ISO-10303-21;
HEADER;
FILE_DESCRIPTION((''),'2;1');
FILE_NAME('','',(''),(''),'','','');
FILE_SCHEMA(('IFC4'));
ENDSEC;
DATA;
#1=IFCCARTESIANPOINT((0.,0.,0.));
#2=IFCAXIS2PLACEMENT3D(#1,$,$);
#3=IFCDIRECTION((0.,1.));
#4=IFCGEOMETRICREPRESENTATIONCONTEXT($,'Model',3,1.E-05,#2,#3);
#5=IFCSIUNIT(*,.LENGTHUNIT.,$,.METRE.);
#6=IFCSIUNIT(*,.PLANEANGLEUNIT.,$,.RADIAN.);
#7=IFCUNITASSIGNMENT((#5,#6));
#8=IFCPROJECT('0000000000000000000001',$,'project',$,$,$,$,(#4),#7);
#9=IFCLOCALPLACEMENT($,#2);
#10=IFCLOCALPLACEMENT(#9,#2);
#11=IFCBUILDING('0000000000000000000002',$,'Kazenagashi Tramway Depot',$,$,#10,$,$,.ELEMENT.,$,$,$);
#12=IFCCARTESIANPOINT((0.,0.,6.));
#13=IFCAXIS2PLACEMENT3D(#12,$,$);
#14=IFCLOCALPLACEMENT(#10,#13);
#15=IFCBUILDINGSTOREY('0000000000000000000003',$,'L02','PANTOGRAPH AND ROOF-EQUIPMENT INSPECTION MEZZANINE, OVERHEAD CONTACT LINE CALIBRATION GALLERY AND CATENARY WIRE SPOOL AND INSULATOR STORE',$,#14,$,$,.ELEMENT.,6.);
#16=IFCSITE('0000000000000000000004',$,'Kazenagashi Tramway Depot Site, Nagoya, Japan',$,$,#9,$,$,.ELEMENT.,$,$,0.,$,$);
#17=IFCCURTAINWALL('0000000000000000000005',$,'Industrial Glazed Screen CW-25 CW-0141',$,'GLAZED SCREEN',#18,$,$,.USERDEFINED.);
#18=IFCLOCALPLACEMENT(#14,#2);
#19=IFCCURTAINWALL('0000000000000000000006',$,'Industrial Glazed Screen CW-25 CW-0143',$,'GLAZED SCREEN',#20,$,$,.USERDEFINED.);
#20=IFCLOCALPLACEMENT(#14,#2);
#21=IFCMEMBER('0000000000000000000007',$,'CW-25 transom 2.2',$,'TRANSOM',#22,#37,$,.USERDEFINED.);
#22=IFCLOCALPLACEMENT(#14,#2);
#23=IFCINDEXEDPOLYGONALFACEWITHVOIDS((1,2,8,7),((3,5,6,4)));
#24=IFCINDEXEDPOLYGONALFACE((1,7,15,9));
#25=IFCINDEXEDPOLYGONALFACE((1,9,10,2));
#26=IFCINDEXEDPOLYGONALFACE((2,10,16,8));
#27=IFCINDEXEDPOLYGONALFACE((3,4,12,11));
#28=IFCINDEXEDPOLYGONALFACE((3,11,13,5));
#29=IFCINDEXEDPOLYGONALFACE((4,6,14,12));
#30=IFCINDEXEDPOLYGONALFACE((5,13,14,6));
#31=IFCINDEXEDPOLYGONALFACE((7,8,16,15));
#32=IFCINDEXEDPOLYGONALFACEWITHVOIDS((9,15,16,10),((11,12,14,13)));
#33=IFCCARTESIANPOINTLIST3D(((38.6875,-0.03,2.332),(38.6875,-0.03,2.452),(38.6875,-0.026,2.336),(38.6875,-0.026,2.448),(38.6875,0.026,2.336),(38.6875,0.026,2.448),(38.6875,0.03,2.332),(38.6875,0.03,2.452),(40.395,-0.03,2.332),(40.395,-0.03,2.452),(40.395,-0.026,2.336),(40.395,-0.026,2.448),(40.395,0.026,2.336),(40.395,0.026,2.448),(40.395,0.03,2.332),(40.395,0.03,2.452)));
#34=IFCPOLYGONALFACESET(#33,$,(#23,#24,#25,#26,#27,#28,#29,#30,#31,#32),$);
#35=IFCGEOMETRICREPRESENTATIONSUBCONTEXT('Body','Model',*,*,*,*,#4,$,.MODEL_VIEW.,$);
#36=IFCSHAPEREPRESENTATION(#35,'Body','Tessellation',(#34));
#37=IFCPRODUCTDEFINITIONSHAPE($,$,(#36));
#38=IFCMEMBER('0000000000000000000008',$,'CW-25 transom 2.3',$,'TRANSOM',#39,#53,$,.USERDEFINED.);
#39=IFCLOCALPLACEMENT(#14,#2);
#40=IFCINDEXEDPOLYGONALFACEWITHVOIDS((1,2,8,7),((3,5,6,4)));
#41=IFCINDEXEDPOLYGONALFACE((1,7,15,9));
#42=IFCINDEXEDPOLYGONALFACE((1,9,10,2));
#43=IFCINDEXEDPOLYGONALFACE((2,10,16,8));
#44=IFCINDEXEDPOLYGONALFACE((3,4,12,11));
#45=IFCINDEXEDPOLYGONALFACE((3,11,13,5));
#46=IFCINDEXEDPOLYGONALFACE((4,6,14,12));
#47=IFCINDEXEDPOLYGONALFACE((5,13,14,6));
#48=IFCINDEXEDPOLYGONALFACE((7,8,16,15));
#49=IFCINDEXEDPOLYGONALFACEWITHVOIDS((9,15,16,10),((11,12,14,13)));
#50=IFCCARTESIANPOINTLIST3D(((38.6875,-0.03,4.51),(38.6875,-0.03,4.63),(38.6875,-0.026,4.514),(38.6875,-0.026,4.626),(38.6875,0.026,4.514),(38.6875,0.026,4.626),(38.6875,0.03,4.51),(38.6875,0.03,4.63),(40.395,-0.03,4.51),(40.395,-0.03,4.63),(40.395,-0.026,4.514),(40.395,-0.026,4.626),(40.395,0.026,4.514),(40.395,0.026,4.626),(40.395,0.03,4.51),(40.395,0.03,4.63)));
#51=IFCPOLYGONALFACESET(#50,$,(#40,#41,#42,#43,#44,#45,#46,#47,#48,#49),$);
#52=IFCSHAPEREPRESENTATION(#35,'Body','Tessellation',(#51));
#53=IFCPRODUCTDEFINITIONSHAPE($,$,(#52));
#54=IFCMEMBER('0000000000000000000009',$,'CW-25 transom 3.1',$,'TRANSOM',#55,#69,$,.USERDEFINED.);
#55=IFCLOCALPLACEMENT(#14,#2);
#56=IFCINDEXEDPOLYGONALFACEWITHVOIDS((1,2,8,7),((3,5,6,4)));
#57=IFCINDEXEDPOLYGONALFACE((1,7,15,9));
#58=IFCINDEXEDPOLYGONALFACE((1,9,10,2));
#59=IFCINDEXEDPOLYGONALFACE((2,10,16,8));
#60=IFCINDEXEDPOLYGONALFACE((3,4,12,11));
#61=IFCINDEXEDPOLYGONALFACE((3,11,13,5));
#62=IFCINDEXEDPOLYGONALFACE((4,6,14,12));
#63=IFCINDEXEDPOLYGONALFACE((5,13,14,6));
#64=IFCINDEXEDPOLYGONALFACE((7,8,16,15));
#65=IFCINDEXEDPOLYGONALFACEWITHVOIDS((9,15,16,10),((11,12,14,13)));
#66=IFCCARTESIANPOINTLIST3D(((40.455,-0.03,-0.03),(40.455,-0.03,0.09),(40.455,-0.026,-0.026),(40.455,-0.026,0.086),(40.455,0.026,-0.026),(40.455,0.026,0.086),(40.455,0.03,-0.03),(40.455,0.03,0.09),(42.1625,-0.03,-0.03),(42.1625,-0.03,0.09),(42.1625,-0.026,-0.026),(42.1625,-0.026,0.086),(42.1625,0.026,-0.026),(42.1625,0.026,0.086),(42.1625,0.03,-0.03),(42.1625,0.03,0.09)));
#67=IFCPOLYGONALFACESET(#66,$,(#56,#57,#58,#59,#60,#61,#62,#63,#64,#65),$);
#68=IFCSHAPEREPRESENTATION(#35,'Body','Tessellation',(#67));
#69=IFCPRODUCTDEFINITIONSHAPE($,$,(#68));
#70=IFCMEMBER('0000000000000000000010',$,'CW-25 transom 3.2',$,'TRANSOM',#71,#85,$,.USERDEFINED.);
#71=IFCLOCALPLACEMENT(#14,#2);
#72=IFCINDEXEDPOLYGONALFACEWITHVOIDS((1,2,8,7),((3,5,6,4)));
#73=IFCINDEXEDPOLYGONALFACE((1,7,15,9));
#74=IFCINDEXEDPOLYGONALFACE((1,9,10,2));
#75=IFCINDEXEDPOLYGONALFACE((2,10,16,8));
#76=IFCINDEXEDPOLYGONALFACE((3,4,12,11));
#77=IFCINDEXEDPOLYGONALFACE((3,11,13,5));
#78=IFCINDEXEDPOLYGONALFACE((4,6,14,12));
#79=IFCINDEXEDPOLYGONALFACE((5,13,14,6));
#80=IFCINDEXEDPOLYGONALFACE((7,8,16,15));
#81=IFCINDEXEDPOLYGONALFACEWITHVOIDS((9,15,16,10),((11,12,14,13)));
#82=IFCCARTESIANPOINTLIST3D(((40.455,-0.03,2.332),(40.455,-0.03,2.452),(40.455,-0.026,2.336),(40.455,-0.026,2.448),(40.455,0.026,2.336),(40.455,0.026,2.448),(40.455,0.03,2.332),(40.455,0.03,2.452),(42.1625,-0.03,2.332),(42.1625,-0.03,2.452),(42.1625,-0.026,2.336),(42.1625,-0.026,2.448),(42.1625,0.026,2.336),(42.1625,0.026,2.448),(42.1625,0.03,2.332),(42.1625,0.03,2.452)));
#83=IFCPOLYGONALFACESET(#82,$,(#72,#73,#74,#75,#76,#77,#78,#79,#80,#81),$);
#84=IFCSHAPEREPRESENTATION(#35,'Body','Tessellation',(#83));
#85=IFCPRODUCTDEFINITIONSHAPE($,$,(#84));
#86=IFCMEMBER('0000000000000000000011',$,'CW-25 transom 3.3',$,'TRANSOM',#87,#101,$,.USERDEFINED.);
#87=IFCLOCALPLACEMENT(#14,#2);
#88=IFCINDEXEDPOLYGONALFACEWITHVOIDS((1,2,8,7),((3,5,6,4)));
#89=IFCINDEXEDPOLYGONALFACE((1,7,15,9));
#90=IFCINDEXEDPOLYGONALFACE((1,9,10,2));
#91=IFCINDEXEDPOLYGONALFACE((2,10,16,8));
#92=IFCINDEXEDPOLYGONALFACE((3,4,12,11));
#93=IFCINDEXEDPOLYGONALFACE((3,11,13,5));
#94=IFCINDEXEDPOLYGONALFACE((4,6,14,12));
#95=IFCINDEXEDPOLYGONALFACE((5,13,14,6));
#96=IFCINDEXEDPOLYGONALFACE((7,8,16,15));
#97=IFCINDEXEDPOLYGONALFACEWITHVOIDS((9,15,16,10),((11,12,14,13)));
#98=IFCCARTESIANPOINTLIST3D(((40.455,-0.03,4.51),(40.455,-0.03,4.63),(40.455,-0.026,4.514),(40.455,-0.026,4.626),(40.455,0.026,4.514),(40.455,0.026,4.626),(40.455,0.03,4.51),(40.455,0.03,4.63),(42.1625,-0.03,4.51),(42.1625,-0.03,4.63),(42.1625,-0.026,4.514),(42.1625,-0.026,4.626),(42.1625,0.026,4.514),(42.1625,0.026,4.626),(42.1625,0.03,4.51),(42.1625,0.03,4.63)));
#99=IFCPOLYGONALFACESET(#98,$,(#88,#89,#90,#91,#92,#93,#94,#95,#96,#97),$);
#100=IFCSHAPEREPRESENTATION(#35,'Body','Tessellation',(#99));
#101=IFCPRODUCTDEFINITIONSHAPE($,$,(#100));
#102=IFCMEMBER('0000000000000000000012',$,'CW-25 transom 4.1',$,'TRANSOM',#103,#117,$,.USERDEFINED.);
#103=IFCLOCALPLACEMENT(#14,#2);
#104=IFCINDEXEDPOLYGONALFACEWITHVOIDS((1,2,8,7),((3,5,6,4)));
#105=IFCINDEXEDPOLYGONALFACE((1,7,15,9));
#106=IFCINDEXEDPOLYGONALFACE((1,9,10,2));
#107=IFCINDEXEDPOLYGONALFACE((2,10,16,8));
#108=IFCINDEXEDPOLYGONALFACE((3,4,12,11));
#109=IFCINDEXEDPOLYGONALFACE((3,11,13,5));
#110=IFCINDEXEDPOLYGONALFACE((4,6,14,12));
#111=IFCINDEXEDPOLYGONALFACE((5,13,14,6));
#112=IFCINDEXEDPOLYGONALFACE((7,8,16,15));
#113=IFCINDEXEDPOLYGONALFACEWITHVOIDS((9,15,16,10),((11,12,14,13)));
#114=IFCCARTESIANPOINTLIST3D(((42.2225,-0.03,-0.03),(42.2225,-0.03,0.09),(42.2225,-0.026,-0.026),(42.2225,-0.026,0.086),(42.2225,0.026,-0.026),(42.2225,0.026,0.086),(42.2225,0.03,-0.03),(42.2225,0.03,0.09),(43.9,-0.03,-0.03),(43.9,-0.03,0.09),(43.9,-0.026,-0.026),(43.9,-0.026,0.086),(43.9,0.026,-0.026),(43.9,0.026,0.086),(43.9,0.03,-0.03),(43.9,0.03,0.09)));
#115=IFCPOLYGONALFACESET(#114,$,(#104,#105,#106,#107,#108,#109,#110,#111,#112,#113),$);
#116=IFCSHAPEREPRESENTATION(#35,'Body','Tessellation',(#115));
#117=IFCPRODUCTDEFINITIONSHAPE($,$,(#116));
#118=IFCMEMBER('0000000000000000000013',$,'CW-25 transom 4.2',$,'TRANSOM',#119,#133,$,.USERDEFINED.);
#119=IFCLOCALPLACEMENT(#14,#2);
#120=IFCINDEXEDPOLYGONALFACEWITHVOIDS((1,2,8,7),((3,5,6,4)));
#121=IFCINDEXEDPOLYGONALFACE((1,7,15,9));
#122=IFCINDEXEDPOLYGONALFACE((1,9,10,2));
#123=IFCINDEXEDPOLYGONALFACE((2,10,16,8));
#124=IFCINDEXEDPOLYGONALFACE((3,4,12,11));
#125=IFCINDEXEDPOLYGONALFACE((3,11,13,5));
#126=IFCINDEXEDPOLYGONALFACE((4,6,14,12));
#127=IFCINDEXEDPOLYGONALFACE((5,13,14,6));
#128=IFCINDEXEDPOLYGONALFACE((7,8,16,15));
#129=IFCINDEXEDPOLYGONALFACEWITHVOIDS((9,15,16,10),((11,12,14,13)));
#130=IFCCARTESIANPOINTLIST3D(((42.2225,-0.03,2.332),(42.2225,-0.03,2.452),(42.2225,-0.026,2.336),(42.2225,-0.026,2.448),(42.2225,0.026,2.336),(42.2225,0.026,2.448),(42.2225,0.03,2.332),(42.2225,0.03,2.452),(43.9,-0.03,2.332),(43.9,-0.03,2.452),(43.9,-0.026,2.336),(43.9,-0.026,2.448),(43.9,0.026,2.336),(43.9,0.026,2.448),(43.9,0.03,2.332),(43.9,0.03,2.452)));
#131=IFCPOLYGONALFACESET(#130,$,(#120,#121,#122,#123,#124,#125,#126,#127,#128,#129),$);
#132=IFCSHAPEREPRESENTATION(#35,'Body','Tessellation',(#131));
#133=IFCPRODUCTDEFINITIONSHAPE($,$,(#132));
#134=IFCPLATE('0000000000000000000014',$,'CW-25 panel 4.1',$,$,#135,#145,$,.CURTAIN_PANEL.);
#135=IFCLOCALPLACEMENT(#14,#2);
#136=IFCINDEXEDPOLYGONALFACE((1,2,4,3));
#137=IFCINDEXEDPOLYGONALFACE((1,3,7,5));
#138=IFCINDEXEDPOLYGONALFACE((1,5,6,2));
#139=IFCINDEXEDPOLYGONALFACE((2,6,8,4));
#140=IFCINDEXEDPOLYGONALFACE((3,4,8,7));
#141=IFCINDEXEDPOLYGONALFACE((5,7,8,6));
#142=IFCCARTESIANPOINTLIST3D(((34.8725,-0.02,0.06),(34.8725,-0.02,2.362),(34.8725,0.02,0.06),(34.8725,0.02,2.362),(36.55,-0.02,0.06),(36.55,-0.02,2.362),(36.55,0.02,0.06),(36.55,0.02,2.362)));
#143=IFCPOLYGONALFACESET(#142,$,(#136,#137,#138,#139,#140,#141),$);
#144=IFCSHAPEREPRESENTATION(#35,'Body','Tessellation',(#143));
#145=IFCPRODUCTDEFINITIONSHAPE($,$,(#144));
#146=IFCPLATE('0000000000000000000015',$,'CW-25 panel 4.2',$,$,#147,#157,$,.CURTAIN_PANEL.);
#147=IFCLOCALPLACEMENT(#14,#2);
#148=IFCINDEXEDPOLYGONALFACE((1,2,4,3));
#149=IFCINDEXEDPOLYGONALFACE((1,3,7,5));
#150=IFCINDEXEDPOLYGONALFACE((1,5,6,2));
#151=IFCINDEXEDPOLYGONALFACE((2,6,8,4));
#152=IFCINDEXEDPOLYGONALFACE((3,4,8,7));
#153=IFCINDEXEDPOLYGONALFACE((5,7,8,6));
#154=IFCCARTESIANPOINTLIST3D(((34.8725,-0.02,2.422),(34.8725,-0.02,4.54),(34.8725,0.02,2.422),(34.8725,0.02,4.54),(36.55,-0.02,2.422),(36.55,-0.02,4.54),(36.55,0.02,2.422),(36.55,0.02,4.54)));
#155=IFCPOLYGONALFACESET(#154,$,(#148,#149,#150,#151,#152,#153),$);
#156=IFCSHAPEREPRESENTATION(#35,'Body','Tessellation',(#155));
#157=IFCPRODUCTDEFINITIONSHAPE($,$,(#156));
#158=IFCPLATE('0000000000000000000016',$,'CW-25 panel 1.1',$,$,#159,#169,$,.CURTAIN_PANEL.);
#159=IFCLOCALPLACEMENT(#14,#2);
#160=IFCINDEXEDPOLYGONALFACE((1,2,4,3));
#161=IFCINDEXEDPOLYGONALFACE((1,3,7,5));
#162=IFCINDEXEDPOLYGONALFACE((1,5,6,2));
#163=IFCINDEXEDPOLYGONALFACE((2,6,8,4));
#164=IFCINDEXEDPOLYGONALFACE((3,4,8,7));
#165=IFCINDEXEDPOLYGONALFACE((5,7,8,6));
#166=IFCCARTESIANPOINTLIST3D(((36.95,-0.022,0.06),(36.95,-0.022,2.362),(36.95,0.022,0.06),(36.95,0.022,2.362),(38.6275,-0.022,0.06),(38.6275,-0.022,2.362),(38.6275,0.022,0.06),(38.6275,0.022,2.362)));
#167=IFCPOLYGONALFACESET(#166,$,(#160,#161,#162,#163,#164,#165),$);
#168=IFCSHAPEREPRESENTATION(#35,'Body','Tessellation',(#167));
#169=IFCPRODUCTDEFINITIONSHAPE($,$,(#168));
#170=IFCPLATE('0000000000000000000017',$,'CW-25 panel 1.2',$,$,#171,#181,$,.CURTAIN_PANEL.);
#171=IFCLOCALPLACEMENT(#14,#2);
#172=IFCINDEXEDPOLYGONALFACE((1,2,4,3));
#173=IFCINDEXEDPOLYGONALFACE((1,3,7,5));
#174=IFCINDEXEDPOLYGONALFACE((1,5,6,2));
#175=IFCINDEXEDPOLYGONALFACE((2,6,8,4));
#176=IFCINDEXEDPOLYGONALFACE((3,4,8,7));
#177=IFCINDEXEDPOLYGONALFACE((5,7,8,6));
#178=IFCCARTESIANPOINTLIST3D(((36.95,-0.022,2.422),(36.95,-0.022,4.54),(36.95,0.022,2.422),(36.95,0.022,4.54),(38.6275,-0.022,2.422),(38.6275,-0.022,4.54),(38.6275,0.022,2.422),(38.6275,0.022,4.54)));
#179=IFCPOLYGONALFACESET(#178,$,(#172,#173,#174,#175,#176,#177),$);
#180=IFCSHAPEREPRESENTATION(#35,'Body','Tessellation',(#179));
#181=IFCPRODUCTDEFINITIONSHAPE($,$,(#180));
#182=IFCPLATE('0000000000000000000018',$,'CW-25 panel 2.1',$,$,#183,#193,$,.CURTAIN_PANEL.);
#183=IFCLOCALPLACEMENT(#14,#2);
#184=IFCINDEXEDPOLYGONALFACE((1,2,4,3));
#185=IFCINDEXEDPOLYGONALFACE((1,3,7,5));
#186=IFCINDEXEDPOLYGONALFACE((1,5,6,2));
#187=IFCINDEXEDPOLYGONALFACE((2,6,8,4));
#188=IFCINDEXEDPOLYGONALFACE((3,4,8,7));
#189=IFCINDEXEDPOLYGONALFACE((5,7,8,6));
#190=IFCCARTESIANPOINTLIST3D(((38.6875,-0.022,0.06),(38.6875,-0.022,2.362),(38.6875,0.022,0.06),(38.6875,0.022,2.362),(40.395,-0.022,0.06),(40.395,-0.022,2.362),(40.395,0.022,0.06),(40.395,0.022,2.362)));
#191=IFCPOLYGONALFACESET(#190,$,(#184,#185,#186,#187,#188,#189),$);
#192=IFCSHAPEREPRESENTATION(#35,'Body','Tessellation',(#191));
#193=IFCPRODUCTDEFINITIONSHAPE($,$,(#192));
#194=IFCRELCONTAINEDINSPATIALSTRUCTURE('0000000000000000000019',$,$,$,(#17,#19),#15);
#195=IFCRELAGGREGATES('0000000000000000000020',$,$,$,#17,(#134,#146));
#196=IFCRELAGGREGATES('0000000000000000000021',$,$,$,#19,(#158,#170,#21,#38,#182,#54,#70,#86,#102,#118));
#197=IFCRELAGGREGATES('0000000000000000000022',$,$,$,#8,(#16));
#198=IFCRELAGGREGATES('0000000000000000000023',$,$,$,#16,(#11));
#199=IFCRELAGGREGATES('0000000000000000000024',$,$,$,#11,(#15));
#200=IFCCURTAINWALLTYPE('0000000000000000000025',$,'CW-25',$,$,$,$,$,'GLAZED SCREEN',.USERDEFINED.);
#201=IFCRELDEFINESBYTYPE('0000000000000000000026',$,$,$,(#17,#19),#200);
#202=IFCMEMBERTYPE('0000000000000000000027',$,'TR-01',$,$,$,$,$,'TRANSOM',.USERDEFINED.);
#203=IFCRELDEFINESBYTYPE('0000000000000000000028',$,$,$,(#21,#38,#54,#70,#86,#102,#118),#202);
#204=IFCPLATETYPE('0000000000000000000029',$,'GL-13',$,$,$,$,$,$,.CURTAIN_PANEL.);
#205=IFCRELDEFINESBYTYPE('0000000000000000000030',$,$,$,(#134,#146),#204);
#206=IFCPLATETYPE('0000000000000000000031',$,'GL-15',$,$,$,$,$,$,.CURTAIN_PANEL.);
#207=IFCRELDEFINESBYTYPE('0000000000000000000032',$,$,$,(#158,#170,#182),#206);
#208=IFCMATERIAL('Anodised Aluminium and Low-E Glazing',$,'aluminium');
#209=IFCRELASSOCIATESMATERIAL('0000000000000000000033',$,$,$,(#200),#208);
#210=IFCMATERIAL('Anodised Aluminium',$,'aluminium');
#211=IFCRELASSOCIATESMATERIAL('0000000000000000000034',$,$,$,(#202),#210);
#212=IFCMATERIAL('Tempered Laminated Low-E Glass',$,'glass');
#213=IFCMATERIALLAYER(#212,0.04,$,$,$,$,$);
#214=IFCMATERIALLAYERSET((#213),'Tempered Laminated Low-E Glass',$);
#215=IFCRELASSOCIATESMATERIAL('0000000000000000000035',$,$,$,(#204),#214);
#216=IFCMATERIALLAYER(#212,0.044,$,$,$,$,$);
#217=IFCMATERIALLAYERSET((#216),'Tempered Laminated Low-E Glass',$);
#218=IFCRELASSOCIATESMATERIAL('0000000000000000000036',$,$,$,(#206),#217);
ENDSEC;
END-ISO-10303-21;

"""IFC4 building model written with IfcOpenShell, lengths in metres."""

from ifc_helpers import new_model, si_unit, direction, frame, origin, origin_2d, place, context, subcontext, project, spatial, rectangle, hollow_rectangle, extrude, material, layer, layer_set, material_profile, profile_set, type_object, element, aggregate, save


model = new_model("IFC4")

# Units and contexts
model_context = context("Model", 3, precision=1e-05, world=origin(), true_north=direction((0.0, 1.0)))
body_context = subcontext(model_context, "Body", "Model", "MODEL_VIEW")
ifc_project = project(units=[si_unit("LENGTHUNIT", "METRE"), si_unit("PLANEANGLEUNIT", "RADIAN")], contexts=[model_context])

# Site, building, storey
site_placement = place(None, origin())
site = spatial("IfcSite", under=ifc_project, at=site_placement, Name="Kazenagashi Tramway Depot Site, Nagoya, Japan", CompositionType="ELEMENT", RefElevation=0.0)
building_placement = place(site_placement, origin())
building = spatial("IfcBuilding", under=site, at=building_placement, Name="Kazenagashi Tramway Depot", CompositionType="ELEMENT")
storey_placement = place(building_placement, frame((0.0, 0.0, 6.0)))
storey = spatial("IfcBuildingStorey", under=building, at=storey_placement, Name="L02", Description="PANTOGRAPH AND ROOF-EQUIPMENT INSPECTION MEZZANINE, OVERHEAD CONTACT LINE CALIBRATION GALLERY AND CATENARY WIRE SPOOL AND INSULATOR STORE", CompositionType="ELEMENT", Elevation=6.0)

# Curtain wall
ifc_material_1 = material(Name="Anodised Aluminium and Low-E Glazing", Category="aluminium")
curtain_wall_type = type_object("IfcCurtainWallType", Name="CW-25", ElementType="GLAZED SCREEN", PredefinedType="USERDEFINED", material=ifc_material_1)
curtain_wall_1_placement = place(storey_placement, origin())
curtain_wall_1 = element("IfcCurtainWall", 1, at=curtain_wall_1_placement, inside=storey, type_object=curtain_wall_type, Name="Industrial Glazed Screen CW-25 CW-0141", ObjectType="GLAZED SCREEN", PredefinedType="USERDEFINED")
ifc_material_2 = material(Name="Anodised Aluminium", Category="aluminium")

# Curtain wall
curtain_wall_2_placement = place(storey_placement, origin())
curtain_wall_2 = element("IfcCurtainWall", 2, at=curtain_wall_2_placement, inside=storey, type_object=curtain_wall_type, Name="Industrial Glazed Screen CW-25 CW-0143", ObjectType="GLAZED SCREEN", PredefinedType="USERDEFINED")

# Members
ifc_material_profile_1 = material_profile(ifc_material_2, hollow_rectangle(XDim=0.06, YDim=0.12, WallThickness=0.004, at=origin_2d()), Name="RHS-120x60x4")
ifc_profile_set_1 = profile_set([ifc_material_profile_1], Name="Anodised Aluminium")
member_type_1 = type_object("IfcMemberType", Name="TR-01", ElementType="TRANSOM", PredefinedType="USERDEFINED", material=ifc_profile_set_1)
member_1_placement = place(storey_placement, frame((38.6875, 0.0, 2.392), z_axis=(1.0, 0.0, 0.0), x_axis=(0.0, 1.0, 0.0)))
member_1 = element("IfcMember", 3, at=member_1_placement, type_object=member_type_1, Name="CW-25 transom 2.2", ObjectType="TRANSOM", PredefinedType="USERDEFINED", context=body_context, shape_type="SweptSolid", body=[
    extrude(hollow_rectangle(XDim=0.06, YDim=0.12, WallThickness=0.004, at=origin_2d()), origin(), (0.0, 0.0, 1.0), 1.7075),
])
member_2_placement = place(storey_placement, frame((38.6875, 0.0, 4.57), z_axis=(1.0, 0.0, 0.0), x_axis=(0.0, 1.0, 0.0)))
member_2 = element("IfcMember", 4, at=member_2_placement, type_object=member_type_1, Name="CW-25 transom 2.3", ObjectType="TRANSOM", PredefinedType="USERDEFINED", context=body_context, shape_type="SweptSolid", body=[
    extrude(hollow_rectangle(XDim=0.06, YDim=0.12, WallThickness=0.004, at=origin_2d()), origin(), (0.0, 0.0, 1.0), 1.7075),
])
member_3_placement = place(storey_placement, frame((40.455, 0.0, 0.03), z_axis=(1.0, 0.0, 0.0), x_axis=(0.0, 1.0, 0.0)))
member_3 = element("IfcMember", 5, at=member_3_placement, type_object=member_type_1, Name="CW-25 transom 3.1", ObjectType="TRANSOM", PredefinedType="USERDEFINED", context=body_context, shape_type="SweptSolid", body=[
    extrude(hollow_rectangle(XDim=0.06, YDim=0.12, WallThickness=0.004, at=origin_2d()), origin(), (0.0, 0.0, 1.0), 1.7075),
])
member_4_placement = place(storey_placement, frame((40.455, 0.0, 2.392), z_axis=(1.0, 0.0, 0.0), x_axis=(0.0, 1.0, 0.0)))
member_4 = element("IfcMember", 6, at=member_4_placement, type_object=member_type_1, Name="CW-25 transom 3.2", ObjectType="TRANSOM", PredefinedType="USERDEFINED", context=body_context, shape_type="SweptSolid", body=[
    extrude(hollow_rectangle(XDim=0.06, YDim=0.12, WallThickness=0.004, at=origin_2d()), origin(), (0.0, 0.0, 1.0), 1.7075),
])
member_5_placement = place(storey_placement, frame((40.455, 0.0, 4.57), z_axis=(1.0, 0.0, 0.0), x_axis=(0.0, 1.0, 0.0)))
member_5 = element("IfcMember", 7, at=member_5_placement, type_object=member_type_1, Name="CW-25 transom 3.3", ObjectType="TRANSOM", PredefinedType="USERDEFINED", context=body_context, shape_type="SweptSolid", body=[
    extrude(hollow_rectangle(XDim=0.06, YDim=0.12, WallThickness=0.004, at=origin_2d()), origin(), (0.0, 0.0, 1.0), 1.7075),
])
member_6_placement = place(storey_placement, frame((42.2225, 0.0, 0.03), z_axis=(1.0, 0.0, 0.0), x_axis=(0.0, 1.0, 0.0)))
member_6 = element("IfcMember", 8, at=member_6_placement, type_object=member_type_1, Name="CW-25 transom 4.1", ObjectType="TRANSOM", PredefinedType="USERDEFINED", context=body_context, shape_type="SweptSolid", body=[
    extrude(hollow_rectangle(XDim=0.06, YDim=0.12, WallThickness=0.004, at=origin_2d()), origin(), (0.0, 0.0, 1.0), 1.6775),
])
member_7_placement = place(storey_placement, frame((42.2225, 0.0, 2.392), z_axis=(1.0, 0.0, 0.0), x_axis=(0.0, 1.0, 0.0)))
member_7 = element("IfcMember", 9, at=member_7_placement, type_object=member_type_1, Name="CW-25 transom 4.2", ObjectType="TRANSOM", PredefinedType="USERDEFINED", context=body_context, shape_type="SweptSolid", body=[
    extrude(hollow_rectangle(XDim=0.06, YDim=0.12, WallThickness=0.004, at=origin_2d()), origin(), (0.0, 0.0, 1.0), 1.6775),
])

# Plates
ifc_material_3 = material(Name="Tempered Laminated Low-E Glass", Category="glass")
ifc_layer_1 = layer(ifc_material_3, 0.04)
ifc_layer_set_1 = layer_set([ifc_layer_1], Name="Tempered Laminated Low-E Glass")
plate_type_1 = type_object("IfcPlateType", Name="GL-13", PredefinedType="CURTAIN_PANEL", material=ifc_layer_set_1)
plate_1_placement = place(storey_placement, frame((35.7112, 0.0, 0.06), z_axis=(0.0, 0.0, 1.0), x_axis=(1.0, 0.0, 0.0)))
plate_1 = element("IfcPlate", 10, at=plate_1_placement, type_object=plate_type_1, Name="CW-25 panel 4.1", PredefinedType="CURTAIN_PANEL", context=body_context, shape_type="SweptSolid", body=[
    extrude(rectangle(XDim=1.6775, YDim=0.04, at=origin_2d()), origin(), (0.0, 0.0, 1.0), 2.302),
])
plate_2_placement = place(storey_placement, frame((35.7112, 0.0, 2.422), z_axis=(0.0, 0.0, 1.0), x_axis=(1.0, 0.0, 0.0)))
plate_2 = element("IfcPlate", 11, at=plate_2_placement, type_object=plate_type_1, Name="CW-25 panel 4.2", PredefinedType="CURTAIN_PANEL", context=body_context, shape_type="SweptSolid", body=[
    extrude(rectangle(XDim=1.6775, YDim=0.04, at=origin_2d()), origin(), (0.0, 0.0, 1.0), 2.118),
])
aggregate(curtain_wall_1, [plate_1, plate_2])
ifc_layer_2 = layer(ifc_material_3, 0.044)
ifc_layer_set_2 = layer_set([ifc_layer_2], Name="Tempered Laminated Low-E Glass")
plate_type_2 = type_object("IfcPlateType", Name="GL-15", PredefinedType="CURTAIN_PANEL", material=ifc_layer_set_2)
plate_3_placement = place(storey_placement, frame((37.7888, 0.0, 0.06), z_axis=(0.0, 0.0, 1.0), x_axis=(1.0, 0.0, 0.0)))
plate_3 = element("IfcPlate", 12, at=plate_3_placement, type_object=plate_type_2, Name="CW-25 panel 1.1", PredefinedType="CURTAIN_PANEL", context=body_context, shape_type="SweptSolid", body=[
    extrude(rectangle(XDim=1.6775, YDim=0.044, at=origin_2d()), origin(), (0.0, 0.0, 1.0), 2.302),
])
plate_4_placement = place(storey_placement, frame((37.7888, 0.0, 2.422), z_axis=(0.0, 0.0, 1.0), x_axis=(1.0, 0.0, 0.0)))
plate_4 = element("IfcPlate", 13, at=plate_4_placement, type_object=plate_type_2, Name="CW-25 panel 1.2", PredefinedType="CURTAIN_PANEL", context=body_context, shape_type="SweptSolid", body=[
    extrude(rectangle(XDim=1.6775, YDim=0.044, at=origin_2d()), origin(), (0.0, 0.0, 1.0), 2.118),
])
plate_5_placement = place(storey_placement, frame((39.5412, 0.0, 0.06), z_axis=(0.0, 0.0, 1.0), x_axis=(1.0, 0.0, 0.0)))
plate_5 = element("IfcPlate", 14, at=plate_5_placement, type_object=plate_type_2, Name="CW-25 panel 2.1", PredefinedType="CURTAIN_PANEL", context=body_context, shape_type="SweptSolid", body=[
    extrude(rectangle(XDim=1.7075, YDim=0.044, at=origin_2d()), origin(), (0.0, 0.0, 1.0), 2.302),
])
aggregate(curtain_wall_2, [plate_3, plate_4, member_1, member_2, plate_5, member_3, member_4, member_5, member_6, member_7])

save(model, "model.ifc")
